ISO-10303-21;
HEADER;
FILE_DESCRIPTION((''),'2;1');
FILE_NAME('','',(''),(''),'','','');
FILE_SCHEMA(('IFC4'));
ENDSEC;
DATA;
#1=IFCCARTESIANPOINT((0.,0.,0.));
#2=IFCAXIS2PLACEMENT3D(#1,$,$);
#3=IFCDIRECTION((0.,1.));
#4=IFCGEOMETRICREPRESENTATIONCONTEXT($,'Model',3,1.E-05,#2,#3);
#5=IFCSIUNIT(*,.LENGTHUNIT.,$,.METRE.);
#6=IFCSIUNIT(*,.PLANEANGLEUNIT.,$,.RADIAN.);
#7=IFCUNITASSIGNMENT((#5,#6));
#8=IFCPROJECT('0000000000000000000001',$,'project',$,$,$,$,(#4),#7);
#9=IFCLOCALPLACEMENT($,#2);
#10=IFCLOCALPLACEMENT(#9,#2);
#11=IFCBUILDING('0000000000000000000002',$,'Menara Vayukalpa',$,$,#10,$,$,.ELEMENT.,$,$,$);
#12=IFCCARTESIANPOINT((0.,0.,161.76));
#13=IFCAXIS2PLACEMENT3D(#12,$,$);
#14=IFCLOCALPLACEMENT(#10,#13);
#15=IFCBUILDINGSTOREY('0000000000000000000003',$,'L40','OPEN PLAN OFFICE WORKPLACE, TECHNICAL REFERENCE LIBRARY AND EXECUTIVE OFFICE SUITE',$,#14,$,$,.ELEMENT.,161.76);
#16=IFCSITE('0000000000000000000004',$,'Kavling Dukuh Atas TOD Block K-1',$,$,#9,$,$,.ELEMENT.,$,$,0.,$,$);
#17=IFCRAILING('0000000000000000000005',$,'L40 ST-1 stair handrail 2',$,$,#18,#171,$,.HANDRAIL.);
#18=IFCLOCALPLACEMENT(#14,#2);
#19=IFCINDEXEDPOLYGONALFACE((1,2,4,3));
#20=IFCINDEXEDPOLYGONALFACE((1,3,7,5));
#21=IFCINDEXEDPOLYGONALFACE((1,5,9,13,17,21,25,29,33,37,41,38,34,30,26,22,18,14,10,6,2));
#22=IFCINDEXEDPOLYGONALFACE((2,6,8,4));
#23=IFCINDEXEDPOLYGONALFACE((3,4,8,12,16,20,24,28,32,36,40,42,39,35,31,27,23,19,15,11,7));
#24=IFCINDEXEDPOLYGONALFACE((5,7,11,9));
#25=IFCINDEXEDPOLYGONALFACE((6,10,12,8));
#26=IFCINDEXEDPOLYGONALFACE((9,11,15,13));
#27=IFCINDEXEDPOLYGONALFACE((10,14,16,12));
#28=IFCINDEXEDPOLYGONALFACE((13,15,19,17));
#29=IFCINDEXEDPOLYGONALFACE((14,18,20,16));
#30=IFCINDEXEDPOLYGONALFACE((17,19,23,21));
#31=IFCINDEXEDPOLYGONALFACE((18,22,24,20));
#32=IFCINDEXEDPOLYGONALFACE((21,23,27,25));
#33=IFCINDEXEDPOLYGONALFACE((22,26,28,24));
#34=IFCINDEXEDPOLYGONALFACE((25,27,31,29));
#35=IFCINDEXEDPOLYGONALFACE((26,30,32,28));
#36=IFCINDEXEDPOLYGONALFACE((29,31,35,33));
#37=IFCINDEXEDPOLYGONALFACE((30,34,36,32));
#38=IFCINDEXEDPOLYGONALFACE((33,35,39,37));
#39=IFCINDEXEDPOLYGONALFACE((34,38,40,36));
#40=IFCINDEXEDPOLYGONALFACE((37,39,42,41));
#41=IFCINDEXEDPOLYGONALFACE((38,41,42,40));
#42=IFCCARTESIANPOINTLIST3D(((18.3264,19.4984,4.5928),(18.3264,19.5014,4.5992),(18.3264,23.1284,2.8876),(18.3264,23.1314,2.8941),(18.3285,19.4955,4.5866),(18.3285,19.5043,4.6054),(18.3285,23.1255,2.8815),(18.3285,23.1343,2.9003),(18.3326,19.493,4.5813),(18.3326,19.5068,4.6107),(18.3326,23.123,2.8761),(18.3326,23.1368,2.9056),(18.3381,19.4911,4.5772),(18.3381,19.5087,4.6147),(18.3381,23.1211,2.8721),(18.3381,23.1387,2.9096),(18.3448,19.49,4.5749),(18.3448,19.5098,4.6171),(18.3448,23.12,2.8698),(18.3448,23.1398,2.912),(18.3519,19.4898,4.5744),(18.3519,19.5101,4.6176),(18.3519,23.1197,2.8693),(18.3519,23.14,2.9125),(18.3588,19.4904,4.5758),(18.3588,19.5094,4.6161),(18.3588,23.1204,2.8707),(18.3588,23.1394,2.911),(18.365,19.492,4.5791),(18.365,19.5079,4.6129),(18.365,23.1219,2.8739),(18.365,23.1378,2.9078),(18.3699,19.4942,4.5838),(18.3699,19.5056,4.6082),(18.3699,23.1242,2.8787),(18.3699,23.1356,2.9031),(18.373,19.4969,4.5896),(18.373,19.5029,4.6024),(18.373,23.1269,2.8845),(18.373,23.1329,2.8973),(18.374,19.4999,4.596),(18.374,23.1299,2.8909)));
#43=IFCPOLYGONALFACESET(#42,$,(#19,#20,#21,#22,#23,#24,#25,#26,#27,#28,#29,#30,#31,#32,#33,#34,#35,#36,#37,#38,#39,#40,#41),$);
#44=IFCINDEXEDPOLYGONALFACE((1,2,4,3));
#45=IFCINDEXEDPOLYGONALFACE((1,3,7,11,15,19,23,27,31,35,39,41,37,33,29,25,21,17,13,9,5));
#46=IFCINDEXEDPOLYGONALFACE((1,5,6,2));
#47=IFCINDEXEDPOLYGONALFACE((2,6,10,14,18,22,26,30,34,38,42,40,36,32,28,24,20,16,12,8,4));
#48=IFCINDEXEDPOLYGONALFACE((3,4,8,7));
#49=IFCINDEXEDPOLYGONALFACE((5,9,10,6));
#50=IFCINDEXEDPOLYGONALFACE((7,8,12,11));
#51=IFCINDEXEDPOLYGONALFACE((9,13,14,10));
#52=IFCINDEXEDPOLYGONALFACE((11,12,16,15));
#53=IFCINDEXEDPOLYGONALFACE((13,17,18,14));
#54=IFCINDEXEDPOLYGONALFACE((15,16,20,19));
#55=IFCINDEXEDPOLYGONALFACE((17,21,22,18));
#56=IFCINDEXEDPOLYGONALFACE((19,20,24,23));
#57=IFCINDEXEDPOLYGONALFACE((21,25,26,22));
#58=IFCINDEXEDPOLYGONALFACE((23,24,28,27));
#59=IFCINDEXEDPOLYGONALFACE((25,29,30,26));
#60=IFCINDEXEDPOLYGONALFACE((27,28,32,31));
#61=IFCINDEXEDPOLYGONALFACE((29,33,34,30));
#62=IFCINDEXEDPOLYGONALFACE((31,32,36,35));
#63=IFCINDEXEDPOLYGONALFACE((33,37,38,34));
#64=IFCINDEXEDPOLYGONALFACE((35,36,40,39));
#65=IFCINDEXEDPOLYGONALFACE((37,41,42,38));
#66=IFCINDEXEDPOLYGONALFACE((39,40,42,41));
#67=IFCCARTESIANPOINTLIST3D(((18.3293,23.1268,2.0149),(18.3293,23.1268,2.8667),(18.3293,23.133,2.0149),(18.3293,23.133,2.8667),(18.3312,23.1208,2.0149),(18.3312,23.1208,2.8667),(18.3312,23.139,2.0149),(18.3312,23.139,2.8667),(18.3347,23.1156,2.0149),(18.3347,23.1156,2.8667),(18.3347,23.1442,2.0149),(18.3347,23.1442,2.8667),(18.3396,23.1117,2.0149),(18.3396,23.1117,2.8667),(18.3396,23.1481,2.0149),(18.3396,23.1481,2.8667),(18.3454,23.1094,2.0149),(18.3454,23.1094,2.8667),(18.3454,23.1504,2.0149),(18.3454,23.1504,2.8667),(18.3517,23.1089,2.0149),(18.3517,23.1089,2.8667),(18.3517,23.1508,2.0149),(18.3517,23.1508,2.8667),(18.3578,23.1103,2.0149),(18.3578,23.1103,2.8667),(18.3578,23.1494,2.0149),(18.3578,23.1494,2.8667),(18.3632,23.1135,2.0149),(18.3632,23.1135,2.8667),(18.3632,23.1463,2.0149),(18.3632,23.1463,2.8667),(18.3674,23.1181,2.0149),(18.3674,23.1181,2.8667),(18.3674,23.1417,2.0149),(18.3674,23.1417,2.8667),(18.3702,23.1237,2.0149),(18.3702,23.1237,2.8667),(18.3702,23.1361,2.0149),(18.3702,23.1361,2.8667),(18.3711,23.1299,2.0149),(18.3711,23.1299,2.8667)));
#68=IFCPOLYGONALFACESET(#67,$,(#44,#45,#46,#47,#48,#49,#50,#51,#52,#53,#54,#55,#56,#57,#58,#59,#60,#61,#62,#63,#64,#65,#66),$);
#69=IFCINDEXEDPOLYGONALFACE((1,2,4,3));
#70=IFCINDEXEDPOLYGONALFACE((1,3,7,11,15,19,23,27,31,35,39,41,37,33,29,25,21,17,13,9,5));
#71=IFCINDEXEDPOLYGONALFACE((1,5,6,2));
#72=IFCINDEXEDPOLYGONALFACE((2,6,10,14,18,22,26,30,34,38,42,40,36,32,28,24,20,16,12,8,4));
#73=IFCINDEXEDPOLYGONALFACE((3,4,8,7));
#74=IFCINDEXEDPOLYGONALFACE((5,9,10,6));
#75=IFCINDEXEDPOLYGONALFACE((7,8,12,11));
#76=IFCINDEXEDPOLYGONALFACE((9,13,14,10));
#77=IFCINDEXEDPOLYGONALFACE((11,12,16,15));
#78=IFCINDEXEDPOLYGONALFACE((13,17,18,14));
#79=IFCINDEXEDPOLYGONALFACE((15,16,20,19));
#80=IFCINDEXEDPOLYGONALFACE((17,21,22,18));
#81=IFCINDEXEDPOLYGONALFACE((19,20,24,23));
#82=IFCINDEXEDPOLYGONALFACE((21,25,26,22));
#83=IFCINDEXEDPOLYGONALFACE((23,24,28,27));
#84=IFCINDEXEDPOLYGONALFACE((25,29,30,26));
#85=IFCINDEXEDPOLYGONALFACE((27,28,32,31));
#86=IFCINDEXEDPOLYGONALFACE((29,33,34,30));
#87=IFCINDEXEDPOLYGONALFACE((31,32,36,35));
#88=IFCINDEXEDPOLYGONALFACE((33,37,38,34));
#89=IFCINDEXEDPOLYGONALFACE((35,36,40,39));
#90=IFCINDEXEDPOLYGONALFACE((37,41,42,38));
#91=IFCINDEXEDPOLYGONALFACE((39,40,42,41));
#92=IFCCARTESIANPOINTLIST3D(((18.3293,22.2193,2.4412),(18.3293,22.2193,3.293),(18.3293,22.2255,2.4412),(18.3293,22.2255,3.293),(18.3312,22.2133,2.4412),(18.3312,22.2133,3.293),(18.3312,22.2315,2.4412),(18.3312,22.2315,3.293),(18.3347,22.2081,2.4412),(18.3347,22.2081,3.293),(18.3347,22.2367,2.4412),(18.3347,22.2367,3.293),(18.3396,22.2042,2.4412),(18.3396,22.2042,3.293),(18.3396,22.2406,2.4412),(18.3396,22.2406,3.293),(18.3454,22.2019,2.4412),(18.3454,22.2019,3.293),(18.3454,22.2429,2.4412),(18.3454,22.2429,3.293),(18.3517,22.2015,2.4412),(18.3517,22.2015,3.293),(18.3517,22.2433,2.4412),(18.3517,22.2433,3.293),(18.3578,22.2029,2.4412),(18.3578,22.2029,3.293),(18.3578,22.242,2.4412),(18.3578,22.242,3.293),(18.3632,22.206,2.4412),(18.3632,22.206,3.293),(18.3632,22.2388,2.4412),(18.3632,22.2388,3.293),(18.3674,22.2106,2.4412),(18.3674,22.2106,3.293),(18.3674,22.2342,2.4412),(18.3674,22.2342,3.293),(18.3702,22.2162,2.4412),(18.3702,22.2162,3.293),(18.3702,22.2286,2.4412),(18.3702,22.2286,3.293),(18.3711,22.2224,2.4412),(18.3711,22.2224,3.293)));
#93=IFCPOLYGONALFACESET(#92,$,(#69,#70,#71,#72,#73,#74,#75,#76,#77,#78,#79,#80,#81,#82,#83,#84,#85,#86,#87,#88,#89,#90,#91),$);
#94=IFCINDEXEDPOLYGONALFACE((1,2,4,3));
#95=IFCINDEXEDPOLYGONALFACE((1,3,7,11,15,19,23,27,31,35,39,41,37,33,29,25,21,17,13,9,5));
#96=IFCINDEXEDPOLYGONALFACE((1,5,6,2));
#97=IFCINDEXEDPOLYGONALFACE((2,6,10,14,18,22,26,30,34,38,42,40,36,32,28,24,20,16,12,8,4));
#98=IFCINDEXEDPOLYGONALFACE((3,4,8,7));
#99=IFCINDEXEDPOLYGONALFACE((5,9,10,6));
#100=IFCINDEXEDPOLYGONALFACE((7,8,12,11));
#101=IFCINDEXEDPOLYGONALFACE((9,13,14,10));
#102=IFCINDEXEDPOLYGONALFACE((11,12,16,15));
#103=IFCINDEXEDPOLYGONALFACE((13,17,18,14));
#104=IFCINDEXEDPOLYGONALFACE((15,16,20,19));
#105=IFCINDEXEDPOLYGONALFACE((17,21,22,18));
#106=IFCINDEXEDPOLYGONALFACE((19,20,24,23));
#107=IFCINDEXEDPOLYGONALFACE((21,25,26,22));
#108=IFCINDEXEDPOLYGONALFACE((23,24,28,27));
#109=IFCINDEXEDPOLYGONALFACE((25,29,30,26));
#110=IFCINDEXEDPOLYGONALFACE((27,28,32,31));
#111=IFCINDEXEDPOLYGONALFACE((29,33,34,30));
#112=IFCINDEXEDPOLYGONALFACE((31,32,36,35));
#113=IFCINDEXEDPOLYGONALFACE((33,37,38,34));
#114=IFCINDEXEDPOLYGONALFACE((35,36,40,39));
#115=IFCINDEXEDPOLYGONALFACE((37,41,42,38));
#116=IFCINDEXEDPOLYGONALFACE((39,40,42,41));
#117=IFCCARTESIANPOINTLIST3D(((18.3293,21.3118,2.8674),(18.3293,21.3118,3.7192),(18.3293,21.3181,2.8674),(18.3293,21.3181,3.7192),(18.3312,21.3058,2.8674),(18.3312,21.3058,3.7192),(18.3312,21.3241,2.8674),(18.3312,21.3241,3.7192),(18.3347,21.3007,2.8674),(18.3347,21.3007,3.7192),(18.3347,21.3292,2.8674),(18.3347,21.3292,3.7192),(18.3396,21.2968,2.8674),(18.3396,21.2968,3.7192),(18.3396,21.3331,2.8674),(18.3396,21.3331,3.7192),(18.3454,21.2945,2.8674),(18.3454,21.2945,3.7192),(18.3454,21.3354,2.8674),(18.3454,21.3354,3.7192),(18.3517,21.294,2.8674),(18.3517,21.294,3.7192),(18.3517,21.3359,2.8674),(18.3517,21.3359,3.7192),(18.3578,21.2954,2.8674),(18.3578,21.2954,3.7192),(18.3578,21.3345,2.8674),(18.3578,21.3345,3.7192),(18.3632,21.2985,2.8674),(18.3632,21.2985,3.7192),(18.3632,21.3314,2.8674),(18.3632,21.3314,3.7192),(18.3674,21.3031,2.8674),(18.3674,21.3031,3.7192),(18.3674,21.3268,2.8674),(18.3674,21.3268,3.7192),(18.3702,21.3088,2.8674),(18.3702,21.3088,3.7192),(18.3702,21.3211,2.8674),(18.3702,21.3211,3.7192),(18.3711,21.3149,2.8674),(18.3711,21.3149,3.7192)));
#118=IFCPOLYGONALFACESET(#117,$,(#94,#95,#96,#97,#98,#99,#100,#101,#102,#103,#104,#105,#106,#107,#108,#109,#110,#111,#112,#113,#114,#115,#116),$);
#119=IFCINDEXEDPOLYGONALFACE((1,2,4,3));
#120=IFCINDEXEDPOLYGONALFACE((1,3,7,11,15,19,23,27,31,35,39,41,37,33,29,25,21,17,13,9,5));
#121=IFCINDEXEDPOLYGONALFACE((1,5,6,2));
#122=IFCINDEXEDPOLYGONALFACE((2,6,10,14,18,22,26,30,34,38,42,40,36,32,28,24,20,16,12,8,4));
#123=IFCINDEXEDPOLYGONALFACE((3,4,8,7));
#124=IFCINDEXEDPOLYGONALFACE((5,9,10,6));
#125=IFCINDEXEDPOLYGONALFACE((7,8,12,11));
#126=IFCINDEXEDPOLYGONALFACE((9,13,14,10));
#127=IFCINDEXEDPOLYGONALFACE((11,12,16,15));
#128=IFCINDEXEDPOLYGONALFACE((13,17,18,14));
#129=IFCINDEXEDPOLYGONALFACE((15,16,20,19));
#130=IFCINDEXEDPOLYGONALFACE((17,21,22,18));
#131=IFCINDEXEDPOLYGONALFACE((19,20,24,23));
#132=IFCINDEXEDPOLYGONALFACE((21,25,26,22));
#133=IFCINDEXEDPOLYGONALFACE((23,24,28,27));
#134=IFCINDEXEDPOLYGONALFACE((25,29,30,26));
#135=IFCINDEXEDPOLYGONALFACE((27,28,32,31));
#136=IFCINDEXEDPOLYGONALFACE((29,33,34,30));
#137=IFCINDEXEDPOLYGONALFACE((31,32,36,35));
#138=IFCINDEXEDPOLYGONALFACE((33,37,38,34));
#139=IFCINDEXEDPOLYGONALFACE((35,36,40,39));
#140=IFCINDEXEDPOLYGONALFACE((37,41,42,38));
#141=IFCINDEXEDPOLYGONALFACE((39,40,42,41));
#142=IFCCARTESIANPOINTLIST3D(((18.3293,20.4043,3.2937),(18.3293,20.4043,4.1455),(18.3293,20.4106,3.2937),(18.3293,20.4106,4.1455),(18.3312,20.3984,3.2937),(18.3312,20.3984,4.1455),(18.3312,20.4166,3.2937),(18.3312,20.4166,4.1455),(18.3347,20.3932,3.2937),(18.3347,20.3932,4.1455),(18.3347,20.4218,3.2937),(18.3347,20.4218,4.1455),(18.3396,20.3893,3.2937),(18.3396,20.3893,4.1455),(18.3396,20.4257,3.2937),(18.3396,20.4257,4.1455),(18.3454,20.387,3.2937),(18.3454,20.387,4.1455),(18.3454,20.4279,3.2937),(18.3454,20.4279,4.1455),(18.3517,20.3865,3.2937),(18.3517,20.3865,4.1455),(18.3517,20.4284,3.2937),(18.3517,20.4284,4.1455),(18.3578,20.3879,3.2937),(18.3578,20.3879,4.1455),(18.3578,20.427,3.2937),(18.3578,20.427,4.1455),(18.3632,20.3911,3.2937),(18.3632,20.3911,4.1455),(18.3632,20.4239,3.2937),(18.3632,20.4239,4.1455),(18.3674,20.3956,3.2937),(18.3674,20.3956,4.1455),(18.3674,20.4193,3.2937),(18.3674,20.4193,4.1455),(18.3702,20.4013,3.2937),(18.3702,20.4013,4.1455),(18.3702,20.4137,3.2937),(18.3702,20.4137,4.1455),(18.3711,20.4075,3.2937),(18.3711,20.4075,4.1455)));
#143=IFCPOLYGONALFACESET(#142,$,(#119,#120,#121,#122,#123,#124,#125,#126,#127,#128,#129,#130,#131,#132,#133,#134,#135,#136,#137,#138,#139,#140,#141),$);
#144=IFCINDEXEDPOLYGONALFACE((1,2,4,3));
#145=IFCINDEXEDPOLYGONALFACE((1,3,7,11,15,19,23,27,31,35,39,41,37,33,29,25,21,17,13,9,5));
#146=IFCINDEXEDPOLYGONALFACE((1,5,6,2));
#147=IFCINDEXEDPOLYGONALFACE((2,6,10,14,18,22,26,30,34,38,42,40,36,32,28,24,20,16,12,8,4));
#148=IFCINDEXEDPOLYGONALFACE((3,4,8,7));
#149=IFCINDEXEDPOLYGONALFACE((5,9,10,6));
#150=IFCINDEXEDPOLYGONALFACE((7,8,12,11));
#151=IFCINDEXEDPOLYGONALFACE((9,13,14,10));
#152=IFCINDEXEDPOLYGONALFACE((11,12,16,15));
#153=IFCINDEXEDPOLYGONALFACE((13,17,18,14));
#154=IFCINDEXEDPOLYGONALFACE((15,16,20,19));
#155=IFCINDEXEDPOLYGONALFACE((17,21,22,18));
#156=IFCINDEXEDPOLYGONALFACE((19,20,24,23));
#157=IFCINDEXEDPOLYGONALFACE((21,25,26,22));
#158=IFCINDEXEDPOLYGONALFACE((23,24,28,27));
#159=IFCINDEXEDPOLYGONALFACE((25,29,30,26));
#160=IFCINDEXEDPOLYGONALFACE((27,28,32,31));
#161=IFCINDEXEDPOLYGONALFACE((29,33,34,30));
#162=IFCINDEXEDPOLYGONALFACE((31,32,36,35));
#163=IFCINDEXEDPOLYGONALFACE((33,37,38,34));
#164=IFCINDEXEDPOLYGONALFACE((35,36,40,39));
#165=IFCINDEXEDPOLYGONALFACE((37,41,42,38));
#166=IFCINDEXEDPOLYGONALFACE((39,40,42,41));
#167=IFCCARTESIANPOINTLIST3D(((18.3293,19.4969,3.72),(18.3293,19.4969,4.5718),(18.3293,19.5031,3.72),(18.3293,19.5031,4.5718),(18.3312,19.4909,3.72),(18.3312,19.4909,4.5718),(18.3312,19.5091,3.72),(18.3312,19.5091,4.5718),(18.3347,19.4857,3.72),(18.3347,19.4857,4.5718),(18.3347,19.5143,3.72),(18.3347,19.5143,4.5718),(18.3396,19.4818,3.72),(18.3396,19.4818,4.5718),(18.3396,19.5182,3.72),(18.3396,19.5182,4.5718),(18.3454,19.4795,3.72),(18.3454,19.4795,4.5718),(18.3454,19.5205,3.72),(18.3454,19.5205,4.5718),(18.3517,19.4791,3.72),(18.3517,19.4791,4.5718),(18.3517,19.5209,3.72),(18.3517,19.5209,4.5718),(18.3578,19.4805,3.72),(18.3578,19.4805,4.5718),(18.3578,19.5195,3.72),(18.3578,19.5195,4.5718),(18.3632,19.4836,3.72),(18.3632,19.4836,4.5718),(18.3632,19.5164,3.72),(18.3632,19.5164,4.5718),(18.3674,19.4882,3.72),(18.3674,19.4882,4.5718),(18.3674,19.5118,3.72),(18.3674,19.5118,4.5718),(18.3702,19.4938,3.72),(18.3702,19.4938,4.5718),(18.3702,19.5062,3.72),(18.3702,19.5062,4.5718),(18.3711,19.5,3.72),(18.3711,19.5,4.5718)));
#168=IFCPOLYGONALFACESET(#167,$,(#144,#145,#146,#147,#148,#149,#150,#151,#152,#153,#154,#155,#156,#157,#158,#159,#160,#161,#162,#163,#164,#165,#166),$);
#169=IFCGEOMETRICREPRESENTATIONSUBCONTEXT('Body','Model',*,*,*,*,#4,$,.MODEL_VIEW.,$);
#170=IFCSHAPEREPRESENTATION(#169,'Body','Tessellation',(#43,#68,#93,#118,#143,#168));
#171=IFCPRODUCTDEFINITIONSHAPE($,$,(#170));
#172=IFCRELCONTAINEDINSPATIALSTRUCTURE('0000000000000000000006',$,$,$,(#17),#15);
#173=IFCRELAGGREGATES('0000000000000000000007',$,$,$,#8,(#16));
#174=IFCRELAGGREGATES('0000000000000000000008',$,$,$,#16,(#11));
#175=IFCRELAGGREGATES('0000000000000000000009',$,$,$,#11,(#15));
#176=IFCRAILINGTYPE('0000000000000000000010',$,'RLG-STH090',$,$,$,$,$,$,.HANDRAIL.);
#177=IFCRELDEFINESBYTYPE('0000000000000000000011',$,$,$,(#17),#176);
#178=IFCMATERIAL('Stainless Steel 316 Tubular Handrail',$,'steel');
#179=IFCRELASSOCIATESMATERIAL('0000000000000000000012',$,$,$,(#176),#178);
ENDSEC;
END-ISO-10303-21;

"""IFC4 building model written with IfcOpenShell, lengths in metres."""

from ifc_helpers import new_model, si_unit, direction, frame, origin, origin_2d, place, context, subcontext, project, spatial, circle, extrude, material, type_object, element, save


model = new_model("IFC4")

# Units and contexts
model_context = context("Model", 3, precision=1e-05, world=origin(), true_north=direction((0.0, 1.0)))
body_context = subcontext(model_context, "Body", "Model", "MODEL_VIEW")
ifc_project = project(units=[si_unit("LENGTHUNIT", "METRE"), si_unit("PLANEANGLEUNIT", "RADIAN")], contexts=[model_context])

# Site, building, storey
site_placement = place(None, origin())
site = spatial("IfcSite", under=ifc_project, at=site_placement, Name="Kavling Dukuh Atas TOD Block K-1", CompositionType="ELEMENT", RefElevation=0.0)
building_placement = place(site_placement, origin())
building = spatial("IfcBuilding", under=site, at=building_placement, Name="Menara Vayukalpa", CompositionType="ELEMENT")
storey_placement = place(building_placement, frame((0.0, 0.0, 161.76)))
storey = spatial("IfcBuildingStorey", under=building, at=storey_placement, Name="L40", Description="OPEN PLAN OFFICE WORKPLACE, TECHNICAL REFERENCE LIBRARY AND EXECUTIVE OFFICE SUITE", CompositionType="ELEMENT", Elevation=161.76)

# Railing
ifc_material_1 = material(Name="Stainless Steel 316 Tubular Handrail", Category="steel")
railing_type_1 = type_object("IfcRailingType", Name="RLG-STH090", PredefinedType="HANDRAIL", material=ifc_material_1)
railing_1_placement = place(storey_placement, frame((18.3501, 23.1299, 2.0149)))
element("IfcRailing", 1, at=railing_1_placement, inside=storey, type_object=railing_type_1, Name="L40 ST-1 stair handrail 2", PredefinedType="HANDRAIL", context=body_context, shape_type="SweptSolid", body=[
    extrude(circle(Radius=0.0239, at=origin_2d()), frame((0.0, 0.0, 0.876), z_axis=(0.0, -0.905116, 0.425164), x_axis=(1.0, 0.0, 0.0)), (0.0, 0.0, 1.0), 4.0105),
    extrude(circle(Radius=0.021, at=origin_2d()), origin(), (0.0, 0.0, 1.0), 0.8518),
    extrude(circle(Radius=0.021, at=origin_2d()), frame((0.0, -0.9075, 0.4263)), (0.0, 0.0, 1.0), 0.8518),
    extrude(circle(Radius=0.021, at=origin_2d()), frame((0.0, -1.8149, 0.8525)), (0.0, 0.0, 1.0), 0.8518),
    extrude(circle(Radius=0.021, at=origin_2d()), frame((0.0, -2.7224, 1.2788)), (0.0, 0.0, 1.0), 0.8518),
    extrude(circle(Radius=0.021, at=origin_2d()), frame((0.0, -3.6299, 1.7051)), (0.0, 0.0, 1.0), 0.8518),
])

save(model, "model.ifc")
